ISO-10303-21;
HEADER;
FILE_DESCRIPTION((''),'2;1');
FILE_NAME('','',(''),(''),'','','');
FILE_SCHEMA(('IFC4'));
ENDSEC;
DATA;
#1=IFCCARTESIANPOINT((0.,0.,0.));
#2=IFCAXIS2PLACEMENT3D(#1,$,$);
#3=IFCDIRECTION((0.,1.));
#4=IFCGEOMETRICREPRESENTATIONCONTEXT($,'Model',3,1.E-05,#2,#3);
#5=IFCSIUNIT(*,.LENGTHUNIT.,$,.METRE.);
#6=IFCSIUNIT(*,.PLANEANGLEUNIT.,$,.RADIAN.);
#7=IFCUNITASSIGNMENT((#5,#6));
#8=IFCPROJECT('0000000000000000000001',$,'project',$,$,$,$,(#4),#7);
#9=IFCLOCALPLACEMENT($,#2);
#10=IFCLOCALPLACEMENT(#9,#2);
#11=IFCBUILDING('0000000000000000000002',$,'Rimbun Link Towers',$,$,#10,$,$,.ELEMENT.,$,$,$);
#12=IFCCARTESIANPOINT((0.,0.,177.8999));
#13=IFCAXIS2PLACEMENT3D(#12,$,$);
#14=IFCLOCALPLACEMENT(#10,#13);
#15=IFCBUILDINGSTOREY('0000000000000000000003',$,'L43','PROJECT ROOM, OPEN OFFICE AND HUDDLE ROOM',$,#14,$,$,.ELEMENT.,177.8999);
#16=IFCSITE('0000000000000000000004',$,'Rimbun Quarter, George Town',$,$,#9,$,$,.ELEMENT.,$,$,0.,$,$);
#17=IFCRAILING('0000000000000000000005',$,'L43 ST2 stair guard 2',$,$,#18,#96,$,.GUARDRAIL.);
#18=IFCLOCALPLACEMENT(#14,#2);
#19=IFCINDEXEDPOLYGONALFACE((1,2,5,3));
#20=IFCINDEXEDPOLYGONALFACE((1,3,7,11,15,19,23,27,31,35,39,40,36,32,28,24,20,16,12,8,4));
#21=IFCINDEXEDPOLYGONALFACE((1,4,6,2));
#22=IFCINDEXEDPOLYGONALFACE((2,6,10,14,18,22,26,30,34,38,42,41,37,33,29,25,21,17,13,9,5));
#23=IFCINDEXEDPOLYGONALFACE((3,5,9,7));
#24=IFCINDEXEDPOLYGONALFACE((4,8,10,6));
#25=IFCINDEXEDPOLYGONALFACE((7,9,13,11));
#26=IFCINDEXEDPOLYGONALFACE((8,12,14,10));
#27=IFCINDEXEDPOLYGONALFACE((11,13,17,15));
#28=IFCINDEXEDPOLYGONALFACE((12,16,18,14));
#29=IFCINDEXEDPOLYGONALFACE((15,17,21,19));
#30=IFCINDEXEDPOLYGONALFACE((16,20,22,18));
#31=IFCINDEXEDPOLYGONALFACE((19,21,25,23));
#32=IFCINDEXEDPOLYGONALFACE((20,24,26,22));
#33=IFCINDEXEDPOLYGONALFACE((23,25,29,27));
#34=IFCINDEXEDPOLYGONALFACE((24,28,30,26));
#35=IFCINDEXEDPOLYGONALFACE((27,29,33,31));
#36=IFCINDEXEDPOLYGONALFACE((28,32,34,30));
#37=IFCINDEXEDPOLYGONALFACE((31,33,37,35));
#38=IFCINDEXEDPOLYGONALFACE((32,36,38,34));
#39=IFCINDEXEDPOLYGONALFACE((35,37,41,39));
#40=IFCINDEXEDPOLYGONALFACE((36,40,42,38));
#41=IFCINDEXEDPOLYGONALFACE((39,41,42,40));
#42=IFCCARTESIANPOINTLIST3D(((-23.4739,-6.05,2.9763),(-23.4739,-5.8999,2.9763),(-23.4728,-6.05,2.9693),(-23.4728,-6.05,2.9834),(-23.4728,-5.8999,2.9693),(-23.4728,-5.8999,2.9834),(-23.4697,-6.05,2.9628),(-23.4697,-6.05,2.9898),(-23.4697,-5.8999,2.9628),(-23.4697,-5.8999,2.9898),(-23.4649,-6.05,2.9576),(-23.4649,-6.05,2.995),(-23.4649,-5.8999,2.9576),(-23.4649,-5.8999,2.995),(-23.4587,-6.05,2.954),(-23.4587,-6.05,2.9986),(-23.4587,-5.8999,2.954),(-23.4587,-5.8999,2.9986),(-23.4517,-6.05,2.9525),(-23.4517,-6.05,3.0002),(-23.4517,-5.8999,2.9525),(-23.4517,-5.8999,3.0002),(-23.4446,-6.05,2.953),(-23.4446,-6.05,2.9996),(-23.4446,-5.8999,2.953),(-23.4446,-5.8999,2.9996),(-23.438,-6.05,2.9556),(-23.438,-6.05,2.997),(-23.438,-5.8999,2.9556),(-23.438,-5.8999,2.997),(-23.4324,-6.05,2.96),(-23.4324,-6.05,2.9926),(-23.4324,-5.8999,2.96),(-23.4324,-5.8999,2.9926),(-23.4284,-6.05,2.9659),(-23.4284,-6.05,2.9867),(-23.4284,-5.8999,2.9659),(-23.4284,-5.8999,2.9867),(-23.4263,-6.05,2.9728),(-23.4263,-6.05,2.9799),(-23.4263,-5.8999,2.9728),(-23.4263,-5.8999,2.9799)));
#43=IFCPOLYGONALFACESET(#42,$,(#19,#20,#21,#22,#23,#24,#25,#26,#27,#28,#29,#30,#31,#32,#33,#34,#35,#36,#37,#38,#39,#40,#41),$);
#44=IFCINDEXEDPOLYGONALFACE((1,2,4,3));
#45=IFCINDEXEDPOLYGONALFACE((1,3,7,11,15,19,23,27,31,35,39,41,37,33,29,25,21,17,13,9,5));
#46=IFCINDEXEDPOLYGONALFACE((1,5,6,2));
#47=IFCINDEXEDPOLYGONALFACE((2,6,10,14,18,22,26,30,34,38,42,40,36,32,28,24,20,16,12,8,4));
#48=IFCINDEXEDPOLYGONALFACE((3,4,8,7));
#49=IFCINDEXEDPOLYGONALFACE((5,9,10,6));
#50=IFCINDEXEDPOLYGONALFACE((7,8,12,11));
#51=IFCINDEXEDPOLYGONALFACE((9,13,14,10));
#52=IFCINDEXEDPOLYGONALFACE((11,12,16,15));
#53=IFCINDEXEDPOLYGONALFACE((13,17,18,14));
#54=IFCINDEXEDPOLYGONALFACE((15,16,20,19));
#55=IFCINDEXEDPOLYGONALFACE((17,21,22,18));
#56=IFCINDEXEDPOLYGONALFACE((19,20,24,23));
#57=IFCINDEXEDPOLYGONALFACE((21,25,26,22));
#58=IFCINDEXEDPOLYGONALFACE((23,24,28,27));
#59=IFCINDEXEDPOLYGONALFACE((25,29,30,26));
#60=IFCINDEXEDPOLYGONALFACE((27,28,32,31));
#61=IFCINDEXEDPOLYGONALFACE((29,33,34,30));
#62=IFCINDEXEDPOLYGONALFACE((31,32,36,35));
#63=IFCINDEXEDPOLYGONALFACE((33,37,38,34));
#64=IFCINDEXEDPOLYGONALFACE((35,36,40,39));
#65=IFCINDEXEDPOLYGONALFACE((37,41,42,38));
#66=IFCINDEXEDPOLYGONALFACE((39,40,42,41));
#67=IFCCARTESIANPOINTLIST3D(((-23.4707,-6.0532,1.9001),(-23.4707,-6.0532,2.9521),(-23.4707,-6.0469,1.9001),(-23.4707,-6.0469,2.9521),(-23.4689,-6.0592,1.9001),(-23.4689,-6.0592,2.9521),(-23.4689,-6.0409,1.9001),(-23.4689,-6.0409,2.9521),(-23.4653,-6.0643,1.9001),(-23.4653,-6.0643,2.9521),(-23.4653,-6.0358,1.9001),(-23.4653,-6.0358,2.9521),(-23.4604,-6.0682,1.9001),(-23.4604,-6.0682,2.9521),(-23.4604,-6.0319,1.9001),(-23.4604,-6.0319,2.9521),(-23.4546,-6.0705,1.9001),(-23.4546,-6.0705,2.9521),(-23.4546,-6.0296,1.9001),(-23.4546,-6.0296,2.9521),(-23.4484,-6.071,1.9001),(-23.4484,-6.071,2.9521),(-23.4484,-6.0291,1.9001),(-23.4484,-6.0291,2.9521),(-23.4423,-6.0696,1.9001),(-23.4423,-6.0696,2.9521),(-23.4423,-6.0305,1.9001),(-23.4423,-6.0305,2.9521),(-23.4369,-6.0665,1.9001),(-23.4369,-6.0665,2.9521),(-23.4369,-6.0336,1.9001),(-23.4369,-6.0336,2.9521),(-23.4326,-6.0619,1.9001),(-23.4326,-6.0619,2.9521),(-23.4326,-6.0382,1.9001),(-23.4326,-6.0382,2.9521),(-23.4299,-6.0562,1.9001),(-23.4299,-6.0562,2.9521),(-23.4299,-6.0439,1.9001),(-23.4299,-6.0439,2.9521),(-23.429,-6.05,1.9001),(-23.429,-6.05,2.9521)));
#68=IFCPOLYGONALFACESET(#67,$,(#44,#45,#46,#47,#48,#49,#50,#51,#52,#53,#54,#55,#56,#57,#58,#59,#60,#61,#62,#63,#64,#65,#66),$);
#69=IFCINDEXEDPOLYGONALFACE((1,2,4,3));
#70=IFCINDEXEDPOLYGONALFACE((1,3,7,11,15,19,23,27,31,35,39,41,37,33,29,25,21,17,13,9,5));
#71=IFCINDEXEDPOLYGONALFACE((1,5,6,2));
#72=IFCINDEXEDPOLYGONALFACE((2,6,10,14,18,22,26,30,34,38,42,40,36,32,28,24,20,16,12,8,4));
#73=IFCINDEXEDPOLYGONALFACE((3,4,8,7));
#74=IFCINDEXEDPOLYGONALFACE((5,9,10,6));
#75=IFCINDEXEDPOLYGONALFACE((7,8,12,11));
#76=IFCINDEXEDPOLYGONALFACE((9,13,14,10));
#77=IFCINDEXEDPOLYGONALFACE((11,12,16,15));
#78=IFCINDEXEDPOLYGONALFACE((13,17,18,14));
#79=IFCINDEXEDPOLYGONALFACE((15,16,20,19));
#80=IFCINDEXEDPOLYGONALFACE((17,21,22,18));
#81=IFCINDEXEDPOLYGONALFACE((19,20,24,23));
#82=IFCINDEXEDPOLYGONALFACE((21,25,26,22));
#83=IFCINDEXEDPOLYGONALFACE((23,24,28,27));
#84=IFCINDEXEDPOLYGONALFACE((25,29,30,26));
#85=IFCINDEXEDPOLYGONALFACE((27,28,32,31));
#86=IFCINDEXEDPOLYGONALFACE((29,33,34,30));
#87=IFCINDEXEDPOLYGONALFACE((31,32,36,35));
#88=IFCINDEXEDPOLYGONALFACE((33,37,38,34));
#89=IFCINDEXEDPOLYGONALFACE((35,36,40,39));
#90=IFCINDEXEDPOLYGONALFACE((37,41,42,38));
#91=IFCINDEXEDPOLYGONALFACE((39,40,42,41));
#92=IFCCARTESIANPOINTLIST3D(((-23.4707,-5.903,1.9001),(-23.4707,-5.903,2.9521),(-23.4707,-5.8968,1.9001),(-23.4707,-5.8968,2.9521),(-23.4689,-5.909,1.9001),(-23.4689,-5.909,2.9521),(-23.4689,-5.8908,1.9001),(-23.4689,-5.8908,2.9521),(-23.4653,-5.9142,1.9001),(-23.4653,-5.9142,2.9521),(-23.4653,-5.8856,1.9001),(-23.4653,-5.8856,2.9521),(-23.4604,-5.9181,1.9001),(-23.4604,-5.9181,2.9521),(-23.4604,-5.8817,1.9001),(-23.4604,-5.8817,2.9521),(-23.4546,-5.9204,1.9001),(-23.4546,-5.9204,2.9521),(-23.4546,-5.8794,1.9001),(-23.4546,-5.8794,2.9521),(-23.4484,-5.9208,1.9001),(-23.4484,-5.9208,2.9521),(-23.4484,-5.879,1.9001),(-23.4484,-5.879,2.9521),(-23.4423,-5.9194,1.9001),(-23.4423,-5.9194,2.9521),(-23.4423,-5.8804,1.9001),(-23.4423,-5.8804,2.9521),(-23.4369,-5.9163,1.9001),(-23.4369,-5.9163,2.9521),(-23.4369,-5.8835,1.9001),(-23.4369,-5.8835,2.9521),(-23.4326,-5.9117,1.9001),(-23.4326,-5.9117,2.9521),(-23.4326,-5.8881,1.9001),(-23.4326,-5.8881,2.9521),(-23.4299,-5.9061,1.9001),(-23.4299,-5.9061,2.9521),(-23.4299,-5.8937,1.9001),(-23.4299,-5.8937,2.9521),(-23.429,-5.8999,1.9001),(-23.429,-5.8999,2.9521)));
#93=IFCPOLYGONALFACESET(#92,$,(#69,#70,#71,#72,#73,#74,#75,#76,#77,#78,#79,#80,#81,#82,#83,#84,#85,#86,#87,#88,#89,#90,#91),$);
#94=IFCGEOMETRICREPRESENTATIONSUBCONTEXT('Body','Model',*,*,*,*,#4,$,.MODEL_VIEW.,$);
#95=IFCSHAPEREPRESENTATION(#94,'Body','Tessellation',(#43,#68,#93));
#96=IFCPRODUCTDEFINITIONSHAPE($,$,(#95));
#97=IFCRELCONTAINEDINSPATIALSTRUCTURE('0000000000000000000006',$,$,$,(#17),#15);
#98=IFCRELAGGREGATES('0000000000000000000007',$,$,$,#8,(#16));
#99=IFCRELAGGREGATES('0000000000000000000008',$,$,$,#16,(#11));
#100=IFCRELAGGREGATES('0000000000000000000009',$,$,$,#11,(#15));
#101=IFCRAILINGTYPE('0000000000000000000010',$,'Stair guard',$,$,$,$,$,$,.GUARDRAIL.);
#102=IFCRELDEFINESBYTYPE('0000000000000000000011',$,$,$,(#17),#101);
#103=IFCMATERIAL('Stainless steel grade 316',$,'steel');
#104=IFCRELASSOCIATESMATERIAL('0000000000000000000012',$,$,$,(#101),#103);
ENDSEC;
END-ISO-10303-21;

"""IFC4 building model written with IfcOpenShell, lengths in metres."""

from ifc_helpers import new_model, si_unit, direction, frame, origin, origin_2d, place, context, subcontext, project, spatial, circle, extrude, material, type_object, element, save


model = new_model("IFC4")

# Units and contexts
model_context = context("Model", 3, precision=1e-05, world=origin(), true_north=direction((0.0, 1.0)))
body_context = subcontext(model_context, "Body", "Model", "MODEL_VIEW")
ifc_project = project(units=[si_unit("LENGTHUNIT", "METRE"), si_unit("PLANEANGLEUNIT", "RADIAN")], contexts=[model_context])

# Site, building, storey
site_placement = place(None, origin())
site = spatial("IfcSite", under=ifc_project, at=site_placement, Name="Rimbun Quarter, George Town", CompositionType="ELEMENT", RefElevation=0.0)
building_placement = place(site_placement, origin())
building = spatial("IfcBuilding", under=site, at=building_placement, Name="Rimbun Link Towers", CompositionType="ELEMENT")
storey_placement = place(building_placement, frame((0.0, 0.0, 177.8999)))
storey = spatial("IfcBuildingStorey", under=building, at=storey_placement, Name="L43", Description="PROJECT ROOM, OPEN OFFICE AND HUDDLE ROOM", CompositionType="ELEMENT", Elevation=177.8999)

# Railing
ifc_material_1 = material(Name="Stainless steel grade 316", Category="steel")
railing_type_1 = type_object("IfcRailingType", Name="Stair guard", PredefinedType="GUARDRAIL", material=ifc_material_1)
railing_1_placement = place(storey_placement, frame((-23.45, -6.05, 1.9001)))
element("IfcRailing", 1, at=railing_1_placement, inside=storey, type_object=railing_type_1, Name="L43 ST2 stair guard 2", PredefinedType="GUARDRAIL", context=body_context, shape_type="SweptSolid", body=[
    extrude(circle(Radius=0.0239, at=origin_2d()), frame((0.0, 0.0, 1.0762), z_axis=(0.0, 1.0, 0.0), x_axis=(-1.0, 0.0, 0.0)), (0.0, 0.0, 1.0), 0.1501),
    extrude(circle(Radius=0.021, at=origin_2d()), origin(), (0.0, 0.0, 1.0), 1.052),
    extrude(circle(Radius=0.021, at=origin_2d()), frame((0.0, 0.1501, 0.0)), (0.0, 0.0, 1.0), 1.052),
])

save(model, "model.ifc")
